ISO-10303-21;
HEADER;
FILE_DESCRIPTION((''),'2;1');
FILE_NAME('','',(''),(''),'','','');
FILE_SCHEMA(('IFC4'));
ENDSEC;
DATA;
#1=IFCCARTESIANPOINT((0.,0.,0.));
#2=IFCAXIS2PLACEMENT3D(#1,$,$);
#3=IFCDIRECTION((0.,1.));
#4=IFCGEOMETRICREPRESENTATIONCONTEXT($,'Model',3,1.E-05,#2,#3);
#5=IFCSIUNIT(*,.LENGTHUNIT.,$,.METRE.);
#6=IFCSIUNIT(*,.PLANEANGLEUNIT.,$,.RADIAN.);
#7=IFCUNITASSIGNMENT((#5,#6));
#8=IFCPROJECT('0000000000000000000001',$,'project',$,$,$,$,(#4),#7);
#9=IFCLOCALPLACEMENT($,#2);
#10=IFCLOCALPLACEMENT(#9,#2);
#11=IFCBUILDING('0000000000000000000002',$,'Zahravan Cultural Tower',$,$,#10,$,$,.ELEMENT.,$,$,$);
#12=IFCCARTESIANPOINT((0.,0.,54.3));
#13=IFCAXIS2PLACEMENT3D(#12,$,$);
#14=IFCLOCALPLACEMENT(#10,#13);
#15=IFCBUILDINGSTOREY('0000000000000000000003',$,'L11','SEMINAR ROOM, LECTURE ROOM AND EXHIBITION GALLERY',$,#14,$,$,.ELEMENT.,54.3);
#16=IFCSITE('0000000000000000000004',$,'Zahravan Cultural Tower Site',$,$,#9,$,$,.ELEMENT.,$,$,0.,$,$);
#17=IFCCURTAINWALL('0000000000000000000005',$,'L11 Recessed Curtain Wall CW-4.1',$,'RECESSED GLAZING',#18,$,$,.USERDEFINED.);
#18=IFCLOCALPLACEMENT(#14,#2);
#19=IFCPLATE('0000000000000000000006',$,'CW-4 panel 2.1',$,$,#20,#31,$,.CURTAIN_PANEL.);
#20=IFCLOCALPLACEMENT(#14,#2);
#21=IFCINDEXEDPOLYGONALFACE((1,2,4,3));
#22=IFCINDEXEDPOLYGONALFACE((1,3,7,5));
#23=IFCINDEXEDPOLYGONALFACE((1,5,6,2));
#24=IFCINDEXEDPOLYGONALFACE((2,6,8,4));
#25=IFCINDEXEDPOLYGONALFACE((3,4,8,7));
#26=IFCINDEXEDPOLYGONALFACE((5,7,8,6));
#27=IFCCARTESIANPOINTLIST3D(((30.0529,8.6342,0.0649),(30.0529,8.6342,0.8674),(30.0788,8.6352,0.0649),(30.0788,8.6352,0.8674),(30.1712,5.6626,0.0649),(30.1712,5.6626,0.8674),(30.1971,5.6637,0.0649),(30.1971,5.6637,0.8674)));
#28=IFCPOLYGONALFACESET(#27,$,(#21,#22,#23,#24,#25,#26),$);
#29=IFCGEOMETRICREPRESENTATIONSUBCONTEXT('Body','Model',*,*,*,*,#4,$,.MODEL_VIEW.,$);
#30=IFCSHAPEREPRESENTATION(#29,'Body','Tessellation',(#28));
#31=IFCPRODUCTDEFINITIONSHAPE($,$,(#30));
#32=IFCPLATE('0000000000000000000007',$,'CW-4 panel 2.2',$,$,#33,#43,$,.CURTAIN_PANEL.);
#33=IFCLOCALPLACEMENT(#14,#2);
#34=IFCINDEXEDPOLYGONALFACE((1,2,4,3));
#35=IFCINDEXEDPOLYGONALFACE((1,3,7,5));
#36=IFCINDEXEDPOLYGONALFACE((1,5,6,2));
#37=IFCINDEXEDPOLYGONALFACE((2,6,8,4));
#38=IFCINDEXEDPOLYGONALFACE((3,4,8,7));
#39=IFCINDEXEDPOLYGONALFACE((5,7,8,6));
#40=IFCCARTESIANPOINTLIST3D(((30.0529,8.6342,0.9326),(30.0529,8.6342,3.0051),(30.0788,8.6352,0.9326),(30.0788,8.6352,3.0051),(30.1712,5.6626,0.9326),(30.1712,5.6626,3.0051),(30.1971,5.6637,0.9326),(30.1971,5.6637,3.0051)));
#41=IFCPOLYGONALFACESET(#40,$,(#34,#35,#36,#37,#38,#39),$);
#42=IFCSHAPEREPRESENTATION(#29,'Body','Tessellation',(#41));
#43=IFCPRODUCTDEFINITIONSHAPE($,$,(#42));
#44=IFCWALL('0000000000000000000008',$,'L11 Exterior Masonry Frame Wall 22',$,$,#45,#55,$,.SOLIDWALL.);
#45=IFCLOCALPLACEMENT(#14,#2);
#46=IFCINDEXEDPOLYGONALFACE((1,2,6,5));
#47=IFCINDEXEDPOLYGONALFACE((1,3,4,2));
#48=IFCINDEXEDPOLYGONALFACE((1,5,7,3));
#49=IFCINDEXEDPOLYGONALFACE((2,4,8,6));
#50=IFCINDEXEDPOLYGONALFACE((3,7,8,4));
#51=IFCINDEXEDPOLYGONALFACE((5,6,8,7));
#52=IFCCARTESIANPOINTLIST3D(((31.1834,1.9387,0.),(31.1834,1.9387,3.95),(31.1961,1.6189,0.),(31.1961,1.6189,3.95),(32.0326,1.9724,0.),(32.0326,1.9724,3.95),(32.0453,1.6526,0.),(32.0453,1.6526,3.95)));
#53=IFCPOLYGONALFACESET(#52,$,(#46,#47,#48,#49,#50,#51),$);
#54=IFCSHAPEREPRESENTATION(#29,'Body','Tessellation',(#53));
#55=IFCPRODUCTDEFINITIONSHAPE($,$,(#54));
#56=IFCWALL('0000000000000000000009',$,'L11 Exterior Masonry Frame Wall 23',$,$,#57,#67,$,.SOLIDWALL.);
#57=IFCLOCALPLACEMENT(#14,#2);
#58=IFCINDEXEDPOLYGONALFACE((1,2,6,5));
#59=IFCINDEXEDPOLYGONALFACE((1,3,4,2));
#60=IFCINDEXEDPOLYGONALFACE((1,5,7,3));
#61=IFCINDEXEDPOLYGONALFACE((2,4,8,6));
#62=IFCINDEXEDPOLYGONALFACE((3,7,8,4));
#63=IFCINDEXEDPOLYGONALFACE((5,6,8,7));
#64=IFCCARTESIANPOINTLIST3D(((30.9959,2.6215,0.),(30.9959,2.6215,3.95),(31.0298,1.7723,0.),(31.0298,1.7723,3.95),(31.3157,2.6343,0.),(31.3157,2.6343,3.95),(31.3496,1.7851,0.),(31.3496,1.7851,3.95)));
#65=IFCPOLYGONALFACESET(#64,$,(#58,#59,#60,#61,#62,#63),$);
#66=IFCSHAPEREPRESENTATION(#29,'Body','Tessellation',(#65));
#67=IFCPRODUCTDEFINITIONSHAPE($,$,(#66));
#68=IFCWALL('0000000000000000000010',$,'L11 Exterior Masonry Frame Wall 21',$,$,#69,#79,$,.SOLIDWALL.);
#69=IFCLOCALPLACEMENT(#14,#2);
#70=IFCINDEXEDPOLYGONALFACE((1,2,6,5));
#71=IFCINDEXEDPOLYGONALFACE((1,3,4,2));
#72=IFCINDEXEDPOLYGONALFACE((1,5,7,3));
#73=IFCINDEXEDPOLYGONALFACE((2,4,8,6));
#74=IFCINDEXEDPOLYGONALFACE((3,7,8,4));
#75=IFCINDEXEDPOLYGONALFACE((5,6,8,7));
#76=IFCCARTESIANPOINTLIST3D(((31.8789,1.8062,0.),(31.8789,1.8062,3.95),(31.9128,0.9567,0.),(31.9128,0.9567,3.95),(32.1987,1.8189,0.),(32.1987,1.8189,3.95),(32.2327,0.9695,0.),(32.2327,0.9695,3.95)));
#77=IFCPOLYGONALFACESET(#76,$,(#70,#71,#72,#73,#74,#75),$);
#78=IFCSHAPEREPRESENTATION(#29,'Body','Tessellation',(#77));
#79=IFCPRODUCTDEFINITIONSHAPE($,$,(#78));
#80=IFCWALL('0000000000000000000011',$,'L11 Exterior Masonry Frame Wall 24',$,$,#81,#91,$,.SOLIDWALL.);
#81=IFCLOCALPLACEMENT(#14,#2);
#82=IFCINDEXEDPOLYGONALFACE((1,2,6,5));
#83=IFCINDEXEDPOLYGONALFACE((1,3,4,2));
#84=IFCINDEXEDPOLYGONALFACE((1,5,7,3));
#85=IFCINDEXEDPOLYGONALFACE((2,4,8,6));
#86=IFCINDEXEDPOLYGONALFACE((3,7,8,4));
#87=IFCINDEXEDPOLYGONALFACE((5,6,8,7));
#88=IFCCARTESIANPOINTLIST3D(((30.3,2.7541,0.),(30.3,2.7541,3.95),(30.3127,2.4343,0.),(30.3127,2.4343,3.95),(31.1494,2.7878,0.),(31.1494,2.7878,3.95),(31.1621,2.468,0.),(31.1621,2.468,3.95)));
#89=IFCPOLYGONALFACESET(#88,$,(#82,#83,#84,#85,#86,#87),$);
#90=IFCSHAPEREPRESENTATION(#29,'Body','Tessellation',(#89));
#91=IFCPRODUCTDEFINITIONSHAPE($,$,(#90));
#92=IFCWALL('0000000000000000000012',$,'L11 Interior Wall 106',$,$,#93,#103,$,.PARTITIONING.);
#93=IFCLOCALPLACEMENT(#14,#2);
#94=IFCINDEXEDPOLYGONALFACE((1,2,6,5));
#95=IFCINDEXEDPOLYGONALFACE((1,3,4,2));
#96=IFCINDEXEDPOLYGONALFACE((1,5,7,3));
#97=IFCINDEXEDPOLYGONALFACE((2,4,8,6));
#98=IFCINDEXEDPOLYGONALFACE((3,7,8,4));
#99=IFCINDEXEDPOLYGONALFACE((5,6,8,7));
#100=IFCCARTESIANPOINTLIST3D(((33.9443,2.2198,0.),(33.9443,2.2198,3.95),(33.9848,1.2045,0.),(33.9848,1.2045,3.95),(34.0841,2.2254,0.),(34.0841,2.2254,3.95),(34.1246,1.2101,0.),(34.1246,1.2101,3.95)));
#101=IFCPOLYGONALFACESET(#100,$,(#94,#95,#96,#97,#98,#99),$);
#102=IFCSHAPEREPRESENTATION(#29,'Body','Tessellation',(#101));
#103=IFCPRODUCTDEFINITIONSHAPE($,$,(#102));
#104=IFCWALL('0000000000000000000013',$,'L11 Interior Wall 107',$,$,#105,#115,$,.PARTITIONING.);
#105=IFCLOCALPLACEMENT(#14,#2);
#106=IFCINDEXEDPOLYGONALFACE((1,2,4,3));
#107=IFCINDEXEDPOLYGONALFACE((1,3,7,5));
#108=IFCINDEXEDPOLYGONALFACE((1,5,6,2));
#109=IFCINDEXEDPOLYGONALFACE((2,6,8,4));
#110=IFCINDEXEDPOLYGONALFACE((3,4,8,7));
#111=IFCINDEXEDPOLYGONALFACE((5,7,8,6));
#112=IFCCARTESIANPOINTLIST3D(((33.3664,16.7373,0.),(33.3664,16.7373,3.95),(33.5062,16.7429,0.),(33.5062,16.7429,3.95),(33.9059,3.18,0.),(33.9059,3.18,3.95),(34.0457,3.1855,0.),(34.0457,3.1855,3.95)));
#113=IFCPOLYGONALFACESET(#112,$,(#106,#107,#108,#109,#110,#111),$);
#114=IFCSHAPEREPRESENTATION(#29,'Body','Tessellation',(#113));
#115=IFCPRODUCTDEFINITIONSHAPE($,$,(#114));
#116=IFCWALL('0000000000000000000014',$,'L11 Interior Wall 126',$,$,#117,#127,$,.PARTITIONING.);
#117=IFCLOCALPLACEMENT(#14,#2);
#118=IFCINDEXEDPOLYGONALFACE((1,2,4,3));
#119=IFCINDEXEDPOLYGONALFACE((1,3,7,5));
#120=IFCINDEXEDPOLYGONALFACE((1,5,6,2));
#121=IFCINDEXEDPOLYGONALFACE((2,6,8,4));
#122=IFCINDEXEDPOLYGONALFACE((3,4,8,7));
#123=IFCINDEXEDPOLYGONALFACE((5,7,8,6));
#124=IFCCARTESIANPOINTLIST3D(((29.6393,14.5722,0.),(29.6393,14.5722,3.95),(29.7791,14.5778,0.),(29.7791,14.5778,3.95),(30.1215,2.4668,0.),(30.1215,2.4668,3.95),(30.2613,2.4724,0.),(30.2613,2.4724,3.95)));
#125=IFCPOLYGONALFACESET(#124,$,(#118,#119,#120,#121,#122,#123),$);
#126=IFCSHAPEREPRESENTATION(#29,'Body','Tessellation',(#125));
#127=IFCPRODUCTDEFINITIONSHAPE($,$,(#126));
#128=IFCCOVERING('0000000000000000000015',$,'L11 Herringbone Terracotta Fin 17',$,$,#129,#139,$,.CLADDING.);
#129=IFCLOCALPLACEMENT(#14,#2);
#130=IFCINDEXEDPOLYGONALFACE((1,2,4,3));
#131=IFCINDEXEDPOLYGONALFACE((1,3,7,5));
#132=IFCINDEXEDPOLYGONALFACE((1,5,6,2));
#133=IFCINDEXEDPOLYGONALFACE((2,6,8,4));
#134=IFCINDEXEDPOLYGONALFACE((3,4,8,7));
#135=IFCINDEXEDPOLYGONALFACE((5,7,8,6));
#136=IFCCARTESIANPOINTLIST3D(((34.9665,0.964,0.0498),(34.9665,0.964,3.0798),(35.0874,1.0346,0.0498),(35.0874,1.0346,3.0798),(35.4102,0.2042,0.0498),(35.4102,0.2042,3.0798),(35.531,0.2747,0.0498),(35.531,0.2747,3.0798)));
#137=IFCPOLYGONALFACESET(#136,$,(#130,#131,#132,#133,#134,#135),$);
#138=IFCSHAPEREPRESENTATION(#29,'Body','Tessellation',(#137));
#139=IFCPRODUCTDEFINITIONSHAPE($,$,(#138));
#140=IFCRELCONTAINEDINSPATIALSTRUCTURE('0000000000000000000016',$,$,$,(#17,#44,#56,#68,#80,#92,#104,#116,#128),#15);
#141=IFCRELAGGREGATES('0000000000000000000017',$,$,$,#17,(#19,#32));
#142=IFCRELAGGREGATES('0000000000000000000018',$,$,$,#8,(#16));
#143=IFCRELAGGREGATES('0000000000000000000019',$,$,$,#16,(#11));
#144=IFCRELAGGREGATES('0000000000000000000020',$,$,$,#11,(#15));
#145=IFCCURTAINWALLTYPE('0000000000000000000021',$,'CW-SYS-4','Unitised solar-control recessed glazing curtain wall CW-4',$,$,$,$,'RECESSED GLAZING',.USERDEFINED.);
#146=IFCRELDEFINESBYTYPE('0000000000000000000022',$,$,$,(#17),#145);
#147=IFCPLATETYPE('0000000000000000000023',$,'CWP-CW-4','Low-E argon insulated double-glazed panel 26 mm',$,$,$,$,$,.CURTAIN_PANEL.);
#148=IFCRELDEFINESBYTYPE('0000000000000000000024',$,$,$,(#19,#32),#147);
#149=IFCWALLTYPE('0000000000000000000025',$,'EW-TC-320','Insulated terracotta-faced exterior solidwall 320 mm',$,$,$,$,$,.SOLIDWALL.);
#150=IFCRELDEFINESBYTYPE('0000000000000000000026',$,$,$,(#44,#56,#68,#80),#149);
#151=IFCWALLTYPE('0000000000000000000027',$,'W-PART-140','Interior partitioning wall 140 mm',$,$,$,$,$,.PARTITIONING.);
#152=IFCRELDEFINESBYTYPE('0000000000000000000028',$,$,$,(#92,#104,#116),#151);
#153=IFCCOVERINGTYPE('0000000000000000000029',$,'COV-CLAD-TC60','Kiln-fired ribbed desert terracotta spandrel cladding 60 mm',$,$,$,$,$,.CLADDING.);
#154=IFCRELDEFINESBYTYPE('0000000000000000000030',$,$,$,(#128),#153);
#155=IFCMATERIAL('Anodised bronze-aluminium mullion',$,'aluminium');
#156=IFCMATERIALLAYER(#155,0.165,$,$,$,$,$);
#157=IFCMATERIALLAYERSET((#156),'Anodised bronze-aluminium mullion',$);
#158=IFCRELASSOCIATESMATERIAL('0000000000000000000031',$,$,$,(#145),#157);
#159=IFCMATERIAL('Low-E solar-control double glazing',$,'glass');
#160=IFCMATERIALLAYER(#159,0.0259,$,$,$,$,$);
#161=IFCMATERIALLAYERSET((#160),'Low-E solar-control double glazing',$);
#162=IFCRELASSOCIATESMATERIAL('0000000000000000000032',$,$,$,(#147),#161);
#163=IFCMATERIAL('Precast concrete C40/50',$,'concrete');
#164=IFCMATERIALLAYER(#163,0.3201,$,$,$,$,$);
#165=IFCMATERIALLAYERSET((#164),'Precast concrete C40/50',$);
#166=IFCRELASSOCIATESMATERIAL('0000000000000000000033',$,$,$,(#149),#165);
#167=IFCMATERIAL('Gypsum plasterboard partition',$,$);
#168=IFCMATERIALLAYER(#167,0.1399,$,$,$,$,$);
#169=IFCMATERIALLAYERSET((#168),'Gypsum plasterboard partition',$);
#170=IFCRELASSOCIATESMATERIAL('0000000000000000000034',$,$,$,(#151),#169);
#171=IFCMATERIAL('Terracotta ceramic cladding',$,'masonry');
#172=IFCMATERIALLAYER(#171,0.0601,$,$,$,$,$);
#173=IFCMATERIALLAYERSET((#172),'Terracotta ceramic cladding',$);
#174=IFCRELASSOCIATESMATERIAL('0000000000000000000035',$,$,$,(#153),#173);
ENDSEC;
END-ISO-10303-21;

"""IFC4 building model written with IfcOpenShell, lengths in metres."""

from ifc_helpers import new_model, si_unit, direction, frame, frame_2d, origin, origin_2d, place, context, subcontext, project, spatial, rectangle, extrude, source, transform, mapped, material, layer, layer_set, type_object, element, aggregate, save


model = new_model("IFC4")

# Units and contexts
model_context = context("Model", 3, precision=1e-05, world=origin(), true_north=direction((0.0, 1.0)))
body_context = subcontext(model_context, "Body", "Model", "MODEL_VIEW")
ifc_project = project(units=[si_unit("LENGTHUNIT", "METRE"), si_unit("PLANEANGLEUNIT", "RADIAN")], contexts=[model_context])

# Site, building, storey
site_placement = place(None, origin())
site = spatial("IfcSite", under=ifc_project, at=site_placement, Name="Zahravan Cultural Tower Site", CompositionType="ELEMENT", RefElevation=0.0)
building_placement = place(site_placement, origin())
building = spatial("IfcBuilding", under=site, at=building_placement, Name="Zahravan Cultural Tower", CompositionType="ELEMENT")
storey_placement = place(building_placement, frame((0.0, 0.0, 54.3)))
storey = spatial("IfcBuildingStorey", under=building, at=storey_placement, Name="L11", Description="SEMINAR ROOM, LECTURE ROOM AND EXHIBITION GALLERY", CompositionType="ELEMENT", Elevation=54.3)

# Curtain wall, plates
ifc_material_1 = material(Name="Anodised bronze-aluminium mullion", Category="aluminium")
ifc_layer_1 = layer(ifc_material_1, 0.165)
ifc_layer_set_1 = layer_set([ifc_layer_1], Name="Anodised bronze-aluminium mullion")
curtain_wall_type = type_object("IfcCurtainWallType", Name="CW-SYS-4", Description="Unitised solar-control recessed glazing curtain wall CW-4", ElementType="RECESSED GLAZING", PredefinedType="USERDEFINED", material=ifc_layer_set_1)
curtain_wall_placement = place(storey_placement, origin())
curtain_wall = element("IfcCurtainWall", 1, at=curtain_wall_placement, inside=storey, type_object=curtain_wall_type, Name="L11 Recessed Curtain Wall CW-4.1", ObjectType="RECESSED GLAZING", PredefinedType="USERDEFINED")
ifc_material_2 = material(Name="Low-E solar-control double glazing", Category="glass")
ifc_layer_2 = layer(ifc_material_2, 0.0259)
ifc_layer_set_2 = layer_set([ifc_layer_2], Name="Low-E solar-control double glazing")
plate_type = type_object("IfcPlateType", Name="CWP-CW-4", Description="Low-E argon insulated double-glazed panel 26 mm", PredefinedType="CURTAIN_PANEL", material=ifc_layer_set_2)
shared_shape_1 = source(origin(), body_context, "Body", "SweptSolid", [
    extrude(rectangle(XDim=2.9739, YDim=0.0259, at=origin_2d()), origin(), (0.0, 0.0, 1.0), 0.8025),
])
plate_1_placement = place(storey_placement, frame((30.125, 7.1489, 0.0649), z_axis=(0.0, 0.0, 1.0), x_axis=(-0.039785, 0.999208, 0.0)))
plate_1 = element("IfcPlate", 2, at=plate_1_placement, type_object=plate_type, Name="CW-4 panel 2.1", PredefinedType="CURTAIN_PANEL", context=body_context, shape_type="MappedRepresentation", body=[
    mapped(shared_shape_1, transform((0.0, 0.0, 0.0), x_axis=(1.0, 0.0, 0.0), y_axis=(0.0, 1.0, 0.0), z_axis=(0.0, 0.0, 1.0), scale=1.0)),
])
shared_shape_2 = source(origin(), body_context, "Body", "SweptSolid", [
    extrude(rectangle(XDim=2.9739, YDim=0.0259, at=origin_2d()), origin(), (0.0, 0.0, 1.0), 2.0725),
])
plate_2_placement = place(storey_placement, frame((30.125, 7.1489, 0.9326), z_axis=(0.0, 0.0, 1.0), x_axis=(-0.039785, 0.999208, 0.0)))
plate_2 = element("IfcPlate", 3, at=plate_2_placement, type_object=plate_type, Name="CW-4 panel 2.2", PredefinedType="CURTAIN_PANEL", context=body_context, shape_type="MappedRepresentation", body=[
    mapped(shared_shape_2, transform((0.0, 0.0, 0.0), x_axis=(1.0, 0.0, 0.0), y_axis=(0.0, 1.0, 0.0), z_axis=(0.0, 0.0, 1.0), scale=1.0)),
])
aggregate(curtain_wall, [plate_1, plate_2])

# Walls
ifc_material_3 = material(Name="Precast concrete C40/50", Category="concrete")
ifc_layer_3 = layer(ifc_material_3, 0.3201)
ifc_layer_set_3 = layer_set([ifc_layer_3], Name="Precast concrete C40/50")
wall_type_1 = type_object("IfcWallType", Name="EW-TC-320", Description="Insulated terracotta-faced exterior solidwall 320 mm", PredefinedType="SOLIDWALL", material=ifc_layer_set_3)
shared_shape_3 = source(origin(), body_context, "Body", "SweptSolid", [
    extrude(rectangle(XDim=0.8499, YDim=0.3201, at=frame_2d((0.4248, 0.0))), origin(), (0.0, 0.0, 1.0), 3.95),
])
for number, where, z_axis, x_axis, name in (
    (4, (32.0388, 1.8125, 0.0), (0.0, 0.0, 1.0), (-0.999214, -0.039647, 0.0), "L11 Exterior Masonry Frame Wall 22"),
    (5, (31.1897, 1.7788, 0.0), (0.0, 0.0, 1.0), (-0.039934, 0.999202, 0.0), "L11 Exterior Masonry Frame Wall 23"),
):
    element("IfcWall", number, at=place(storey_placement, frame(where, z_axis=z_axis, x_axis=x_axis)), inside=storey, type_object=wall_type_1, Name=name, PredefinedType="SOLIDWALL", context=body_context, shape_type="MappedRepresentation", body=[
        mapped(shared_shape_3, transform((0.0, 0.0, 0.0), x_axis=(1.0, 0.0, 0.0), y_axis=(0.0, 1.0, 0.0), z_axis=(0.0, 0.0, 1.0), scale=1.0)),
    ])
shared_shape_4 = source(origin(), body_context, "Body", "SweptSolid", [
    extrude(rectangle(XDim=0.8501, YDim=0.3201, at=frame_2d((0.425, 0.0))), origin(), (0.0, 0.0, 1.0), 3.95),
])
for number, where, z_axis, x_axis, name in (
    (6, (32.0728, 0.9631, 0.0), (0.0, 0.0, 1.0), (-0.039922, 0.999203, 0.0), "L11 Exterior Masonry Frame Wall 21"),
    (7, (31.1558, 2.6279, 0.0), (0.0, 0.0, 1.0), (-0.999214, -0.039635, 0.0), "L11 Exterior Masonry Frame Wall 24"),
):
    element("IfcWall", number, at=place(storey_placement, frame(where, z_axis=z_axis, x_axis=x_axis)), inside=storey, type_object=wall_type_1, Name=name, PredefinedType="SOLIDWALL", context=body_context, shape_type="MappedRepresentation", body=[
        mapped(shared_shape_4, transform((0.0, 0.0, 0.0), x_axis=(1.0, 0.0, 0.0), y_axis=(0.0, 1.0, 0.0), z_axis=(0.0, 0.0, 1.0), scale=1.0)),
    ])
ifc_material_4 = material(Name="Gypsum plasterboard partition")
ifc_layer_4 = layer(ifc_material_4, 0.1399)
ifc_layer_set_4 = layer_set([ifc_layer_4], Name="Gypsum plasterboard partition")
wall_type_2 = type_object("IfcWallType", Name="W-PART-140", Description="Interior partitioning wall 140 mm", PredefinedType="PARTITIONING", material=ifc_layer_set_4)
shared_shape_5 = source(origin(), body_context, "Body", "SweptSolid", [
    extrude(rectangle(XDim=1.0161, YDim=0.1399, at=frame_2d((0.5081, 0.0))), origin(), (0.0, 0.0, 1.0), 3.95),
])
wall_1_placement = place(storey_placement, frame((34.0547, 1.2073, 0.0), z_axis=(0.0, 0.0, 1.0), x_axis=(-0.039882, 0.999204, 0.0)))
element("IfcWall", 8, at=wall_1_placement, inside=storey, type_object=wall_type_2, Name="L11 Interior Wall 106", PredefinedType="PARTITIONING", context=body_context, shape_type="MappedRepresentation", body=[
    mapped(shared_shape_5, transform((0.0, 0.0, 0.0), x_axis=(1.0, 0.0, 0.0), y_axis=(0.0, 1.0, 0.0), z_axis=(0.0, 0.0, 1.0), scale=1.0)),
])
shared_shape_6 = source(origin(), body_context, "Body", "SweptSolid", [
    extrude(rectangle(XDim=13.5681, YDim=0.1399, at=frame_2d((6.7842, 0.0))), origin(), (0.0, 0.0, 1.0), 3.95),
])
wall_2_placement = place(storey_placement, frame((33.9758, 3.1826, 0.0), z_axis=(0.0, 0.0, 1.0), x_axis=(-0.039766, 0.999209, 0.0)))
element("IfcWall", 9, at=wall_2_placement, inside=storey, type_object=wall_type_2, Name="L11 Interior Wall 107", PredefinedType="PARTITIONING", context=body_context, shape_type="MappedRepresentation", body=[
    mapped(shared_shape_6, transform((0.0, 0.0, 0.0), x_axis=(1.0, 0.0, 0.0), y_axis=(0.0, 1.0, 0.0), z_axis=(0.0, 0.0, 1.0), scale=1.0)),
])
shared_shape_7 = source(origin(), body_context, "Body", "SweptSolid", [
    extrude(rectangle(XDim=12.115, YDim=0.1399, at=frame_2d((6.0576, 0.0))), origin(), (0.0, 0.0, 1.0), 3.95),
])
wall_3_placement = place(storey_placement, frame((30.1914, 2.4695, 0.0), z_axis=(0.0, 0.0, 1.0), x_axis=(-0.0398, 0.999208, 0.0)))
element("IfcWall", 10, at=wall_3_placement, inside=storey, type_object=wall_type_2, Name="L11 Interior Wall 126", PredefinedType="PARTITIONING", context=body_context, shape_type="MappedRepresentation", body=[
    mapped(shared_shape_7, transform((0.0, 0.0, 0.0), x_axis=(1.0, 0.0, 0.0), y_axis=(0.0, 1.0, 0.0), z_axis=(0.0, 0.0, 1.0), scale=1.0)),
])

# Covering
ifc_material_5 = material(Name="Terracotta ceramic cladding", Category="masonry")
ifc_layer_5 = layer(ifc_material_5, 0.0601)
ifc_layer_set_5 = layer_set([ifc_layer_5], Name="Terracotta ceramic cladding")
covering_type = type_object("IfcCoveringType", Name="COV-CLAD-TC60", Description="Kiln-fired ribbed desert terracotta spandrel cladding 60 mm", PredefinedType="CLADDING", material=ifc_layer_set_5)
shared_shape_8 = source(origin(), body_context, "Body", "SweptSolid", [
    extrude(rectangle(XDim=0.8799, YDim=0.1399, at=origin_2d()), origin(), (0.0, 0.0, 1.0), 3.03),
])
covering_placement = place(storey_placement, frame((35.2488, 0.6194, 0.0498), z_axis=(0.0, 0.0, 1.0), x_axis=(0.504226, -0.863572, 0.0)))
element("IfcCovering", 11, at=covering_placement, inside=storey, type_object=covering_type, Name="L11 Herringbone Terracotta Fin 17", PredefinedType="CLADDING", context=body_context, shape_type="MappedRepresentation", body=[
    mapped(shared_shape_8, transform((0.0, 0.0, 0.0), x_axis=(1.0, 0.0, 0.0), y_axis=(0.0, 1.0, 0.0), z_axis=(0.0, 0.0, 1.0), scale=1.0)),
])

save(model, "model.ifc")
